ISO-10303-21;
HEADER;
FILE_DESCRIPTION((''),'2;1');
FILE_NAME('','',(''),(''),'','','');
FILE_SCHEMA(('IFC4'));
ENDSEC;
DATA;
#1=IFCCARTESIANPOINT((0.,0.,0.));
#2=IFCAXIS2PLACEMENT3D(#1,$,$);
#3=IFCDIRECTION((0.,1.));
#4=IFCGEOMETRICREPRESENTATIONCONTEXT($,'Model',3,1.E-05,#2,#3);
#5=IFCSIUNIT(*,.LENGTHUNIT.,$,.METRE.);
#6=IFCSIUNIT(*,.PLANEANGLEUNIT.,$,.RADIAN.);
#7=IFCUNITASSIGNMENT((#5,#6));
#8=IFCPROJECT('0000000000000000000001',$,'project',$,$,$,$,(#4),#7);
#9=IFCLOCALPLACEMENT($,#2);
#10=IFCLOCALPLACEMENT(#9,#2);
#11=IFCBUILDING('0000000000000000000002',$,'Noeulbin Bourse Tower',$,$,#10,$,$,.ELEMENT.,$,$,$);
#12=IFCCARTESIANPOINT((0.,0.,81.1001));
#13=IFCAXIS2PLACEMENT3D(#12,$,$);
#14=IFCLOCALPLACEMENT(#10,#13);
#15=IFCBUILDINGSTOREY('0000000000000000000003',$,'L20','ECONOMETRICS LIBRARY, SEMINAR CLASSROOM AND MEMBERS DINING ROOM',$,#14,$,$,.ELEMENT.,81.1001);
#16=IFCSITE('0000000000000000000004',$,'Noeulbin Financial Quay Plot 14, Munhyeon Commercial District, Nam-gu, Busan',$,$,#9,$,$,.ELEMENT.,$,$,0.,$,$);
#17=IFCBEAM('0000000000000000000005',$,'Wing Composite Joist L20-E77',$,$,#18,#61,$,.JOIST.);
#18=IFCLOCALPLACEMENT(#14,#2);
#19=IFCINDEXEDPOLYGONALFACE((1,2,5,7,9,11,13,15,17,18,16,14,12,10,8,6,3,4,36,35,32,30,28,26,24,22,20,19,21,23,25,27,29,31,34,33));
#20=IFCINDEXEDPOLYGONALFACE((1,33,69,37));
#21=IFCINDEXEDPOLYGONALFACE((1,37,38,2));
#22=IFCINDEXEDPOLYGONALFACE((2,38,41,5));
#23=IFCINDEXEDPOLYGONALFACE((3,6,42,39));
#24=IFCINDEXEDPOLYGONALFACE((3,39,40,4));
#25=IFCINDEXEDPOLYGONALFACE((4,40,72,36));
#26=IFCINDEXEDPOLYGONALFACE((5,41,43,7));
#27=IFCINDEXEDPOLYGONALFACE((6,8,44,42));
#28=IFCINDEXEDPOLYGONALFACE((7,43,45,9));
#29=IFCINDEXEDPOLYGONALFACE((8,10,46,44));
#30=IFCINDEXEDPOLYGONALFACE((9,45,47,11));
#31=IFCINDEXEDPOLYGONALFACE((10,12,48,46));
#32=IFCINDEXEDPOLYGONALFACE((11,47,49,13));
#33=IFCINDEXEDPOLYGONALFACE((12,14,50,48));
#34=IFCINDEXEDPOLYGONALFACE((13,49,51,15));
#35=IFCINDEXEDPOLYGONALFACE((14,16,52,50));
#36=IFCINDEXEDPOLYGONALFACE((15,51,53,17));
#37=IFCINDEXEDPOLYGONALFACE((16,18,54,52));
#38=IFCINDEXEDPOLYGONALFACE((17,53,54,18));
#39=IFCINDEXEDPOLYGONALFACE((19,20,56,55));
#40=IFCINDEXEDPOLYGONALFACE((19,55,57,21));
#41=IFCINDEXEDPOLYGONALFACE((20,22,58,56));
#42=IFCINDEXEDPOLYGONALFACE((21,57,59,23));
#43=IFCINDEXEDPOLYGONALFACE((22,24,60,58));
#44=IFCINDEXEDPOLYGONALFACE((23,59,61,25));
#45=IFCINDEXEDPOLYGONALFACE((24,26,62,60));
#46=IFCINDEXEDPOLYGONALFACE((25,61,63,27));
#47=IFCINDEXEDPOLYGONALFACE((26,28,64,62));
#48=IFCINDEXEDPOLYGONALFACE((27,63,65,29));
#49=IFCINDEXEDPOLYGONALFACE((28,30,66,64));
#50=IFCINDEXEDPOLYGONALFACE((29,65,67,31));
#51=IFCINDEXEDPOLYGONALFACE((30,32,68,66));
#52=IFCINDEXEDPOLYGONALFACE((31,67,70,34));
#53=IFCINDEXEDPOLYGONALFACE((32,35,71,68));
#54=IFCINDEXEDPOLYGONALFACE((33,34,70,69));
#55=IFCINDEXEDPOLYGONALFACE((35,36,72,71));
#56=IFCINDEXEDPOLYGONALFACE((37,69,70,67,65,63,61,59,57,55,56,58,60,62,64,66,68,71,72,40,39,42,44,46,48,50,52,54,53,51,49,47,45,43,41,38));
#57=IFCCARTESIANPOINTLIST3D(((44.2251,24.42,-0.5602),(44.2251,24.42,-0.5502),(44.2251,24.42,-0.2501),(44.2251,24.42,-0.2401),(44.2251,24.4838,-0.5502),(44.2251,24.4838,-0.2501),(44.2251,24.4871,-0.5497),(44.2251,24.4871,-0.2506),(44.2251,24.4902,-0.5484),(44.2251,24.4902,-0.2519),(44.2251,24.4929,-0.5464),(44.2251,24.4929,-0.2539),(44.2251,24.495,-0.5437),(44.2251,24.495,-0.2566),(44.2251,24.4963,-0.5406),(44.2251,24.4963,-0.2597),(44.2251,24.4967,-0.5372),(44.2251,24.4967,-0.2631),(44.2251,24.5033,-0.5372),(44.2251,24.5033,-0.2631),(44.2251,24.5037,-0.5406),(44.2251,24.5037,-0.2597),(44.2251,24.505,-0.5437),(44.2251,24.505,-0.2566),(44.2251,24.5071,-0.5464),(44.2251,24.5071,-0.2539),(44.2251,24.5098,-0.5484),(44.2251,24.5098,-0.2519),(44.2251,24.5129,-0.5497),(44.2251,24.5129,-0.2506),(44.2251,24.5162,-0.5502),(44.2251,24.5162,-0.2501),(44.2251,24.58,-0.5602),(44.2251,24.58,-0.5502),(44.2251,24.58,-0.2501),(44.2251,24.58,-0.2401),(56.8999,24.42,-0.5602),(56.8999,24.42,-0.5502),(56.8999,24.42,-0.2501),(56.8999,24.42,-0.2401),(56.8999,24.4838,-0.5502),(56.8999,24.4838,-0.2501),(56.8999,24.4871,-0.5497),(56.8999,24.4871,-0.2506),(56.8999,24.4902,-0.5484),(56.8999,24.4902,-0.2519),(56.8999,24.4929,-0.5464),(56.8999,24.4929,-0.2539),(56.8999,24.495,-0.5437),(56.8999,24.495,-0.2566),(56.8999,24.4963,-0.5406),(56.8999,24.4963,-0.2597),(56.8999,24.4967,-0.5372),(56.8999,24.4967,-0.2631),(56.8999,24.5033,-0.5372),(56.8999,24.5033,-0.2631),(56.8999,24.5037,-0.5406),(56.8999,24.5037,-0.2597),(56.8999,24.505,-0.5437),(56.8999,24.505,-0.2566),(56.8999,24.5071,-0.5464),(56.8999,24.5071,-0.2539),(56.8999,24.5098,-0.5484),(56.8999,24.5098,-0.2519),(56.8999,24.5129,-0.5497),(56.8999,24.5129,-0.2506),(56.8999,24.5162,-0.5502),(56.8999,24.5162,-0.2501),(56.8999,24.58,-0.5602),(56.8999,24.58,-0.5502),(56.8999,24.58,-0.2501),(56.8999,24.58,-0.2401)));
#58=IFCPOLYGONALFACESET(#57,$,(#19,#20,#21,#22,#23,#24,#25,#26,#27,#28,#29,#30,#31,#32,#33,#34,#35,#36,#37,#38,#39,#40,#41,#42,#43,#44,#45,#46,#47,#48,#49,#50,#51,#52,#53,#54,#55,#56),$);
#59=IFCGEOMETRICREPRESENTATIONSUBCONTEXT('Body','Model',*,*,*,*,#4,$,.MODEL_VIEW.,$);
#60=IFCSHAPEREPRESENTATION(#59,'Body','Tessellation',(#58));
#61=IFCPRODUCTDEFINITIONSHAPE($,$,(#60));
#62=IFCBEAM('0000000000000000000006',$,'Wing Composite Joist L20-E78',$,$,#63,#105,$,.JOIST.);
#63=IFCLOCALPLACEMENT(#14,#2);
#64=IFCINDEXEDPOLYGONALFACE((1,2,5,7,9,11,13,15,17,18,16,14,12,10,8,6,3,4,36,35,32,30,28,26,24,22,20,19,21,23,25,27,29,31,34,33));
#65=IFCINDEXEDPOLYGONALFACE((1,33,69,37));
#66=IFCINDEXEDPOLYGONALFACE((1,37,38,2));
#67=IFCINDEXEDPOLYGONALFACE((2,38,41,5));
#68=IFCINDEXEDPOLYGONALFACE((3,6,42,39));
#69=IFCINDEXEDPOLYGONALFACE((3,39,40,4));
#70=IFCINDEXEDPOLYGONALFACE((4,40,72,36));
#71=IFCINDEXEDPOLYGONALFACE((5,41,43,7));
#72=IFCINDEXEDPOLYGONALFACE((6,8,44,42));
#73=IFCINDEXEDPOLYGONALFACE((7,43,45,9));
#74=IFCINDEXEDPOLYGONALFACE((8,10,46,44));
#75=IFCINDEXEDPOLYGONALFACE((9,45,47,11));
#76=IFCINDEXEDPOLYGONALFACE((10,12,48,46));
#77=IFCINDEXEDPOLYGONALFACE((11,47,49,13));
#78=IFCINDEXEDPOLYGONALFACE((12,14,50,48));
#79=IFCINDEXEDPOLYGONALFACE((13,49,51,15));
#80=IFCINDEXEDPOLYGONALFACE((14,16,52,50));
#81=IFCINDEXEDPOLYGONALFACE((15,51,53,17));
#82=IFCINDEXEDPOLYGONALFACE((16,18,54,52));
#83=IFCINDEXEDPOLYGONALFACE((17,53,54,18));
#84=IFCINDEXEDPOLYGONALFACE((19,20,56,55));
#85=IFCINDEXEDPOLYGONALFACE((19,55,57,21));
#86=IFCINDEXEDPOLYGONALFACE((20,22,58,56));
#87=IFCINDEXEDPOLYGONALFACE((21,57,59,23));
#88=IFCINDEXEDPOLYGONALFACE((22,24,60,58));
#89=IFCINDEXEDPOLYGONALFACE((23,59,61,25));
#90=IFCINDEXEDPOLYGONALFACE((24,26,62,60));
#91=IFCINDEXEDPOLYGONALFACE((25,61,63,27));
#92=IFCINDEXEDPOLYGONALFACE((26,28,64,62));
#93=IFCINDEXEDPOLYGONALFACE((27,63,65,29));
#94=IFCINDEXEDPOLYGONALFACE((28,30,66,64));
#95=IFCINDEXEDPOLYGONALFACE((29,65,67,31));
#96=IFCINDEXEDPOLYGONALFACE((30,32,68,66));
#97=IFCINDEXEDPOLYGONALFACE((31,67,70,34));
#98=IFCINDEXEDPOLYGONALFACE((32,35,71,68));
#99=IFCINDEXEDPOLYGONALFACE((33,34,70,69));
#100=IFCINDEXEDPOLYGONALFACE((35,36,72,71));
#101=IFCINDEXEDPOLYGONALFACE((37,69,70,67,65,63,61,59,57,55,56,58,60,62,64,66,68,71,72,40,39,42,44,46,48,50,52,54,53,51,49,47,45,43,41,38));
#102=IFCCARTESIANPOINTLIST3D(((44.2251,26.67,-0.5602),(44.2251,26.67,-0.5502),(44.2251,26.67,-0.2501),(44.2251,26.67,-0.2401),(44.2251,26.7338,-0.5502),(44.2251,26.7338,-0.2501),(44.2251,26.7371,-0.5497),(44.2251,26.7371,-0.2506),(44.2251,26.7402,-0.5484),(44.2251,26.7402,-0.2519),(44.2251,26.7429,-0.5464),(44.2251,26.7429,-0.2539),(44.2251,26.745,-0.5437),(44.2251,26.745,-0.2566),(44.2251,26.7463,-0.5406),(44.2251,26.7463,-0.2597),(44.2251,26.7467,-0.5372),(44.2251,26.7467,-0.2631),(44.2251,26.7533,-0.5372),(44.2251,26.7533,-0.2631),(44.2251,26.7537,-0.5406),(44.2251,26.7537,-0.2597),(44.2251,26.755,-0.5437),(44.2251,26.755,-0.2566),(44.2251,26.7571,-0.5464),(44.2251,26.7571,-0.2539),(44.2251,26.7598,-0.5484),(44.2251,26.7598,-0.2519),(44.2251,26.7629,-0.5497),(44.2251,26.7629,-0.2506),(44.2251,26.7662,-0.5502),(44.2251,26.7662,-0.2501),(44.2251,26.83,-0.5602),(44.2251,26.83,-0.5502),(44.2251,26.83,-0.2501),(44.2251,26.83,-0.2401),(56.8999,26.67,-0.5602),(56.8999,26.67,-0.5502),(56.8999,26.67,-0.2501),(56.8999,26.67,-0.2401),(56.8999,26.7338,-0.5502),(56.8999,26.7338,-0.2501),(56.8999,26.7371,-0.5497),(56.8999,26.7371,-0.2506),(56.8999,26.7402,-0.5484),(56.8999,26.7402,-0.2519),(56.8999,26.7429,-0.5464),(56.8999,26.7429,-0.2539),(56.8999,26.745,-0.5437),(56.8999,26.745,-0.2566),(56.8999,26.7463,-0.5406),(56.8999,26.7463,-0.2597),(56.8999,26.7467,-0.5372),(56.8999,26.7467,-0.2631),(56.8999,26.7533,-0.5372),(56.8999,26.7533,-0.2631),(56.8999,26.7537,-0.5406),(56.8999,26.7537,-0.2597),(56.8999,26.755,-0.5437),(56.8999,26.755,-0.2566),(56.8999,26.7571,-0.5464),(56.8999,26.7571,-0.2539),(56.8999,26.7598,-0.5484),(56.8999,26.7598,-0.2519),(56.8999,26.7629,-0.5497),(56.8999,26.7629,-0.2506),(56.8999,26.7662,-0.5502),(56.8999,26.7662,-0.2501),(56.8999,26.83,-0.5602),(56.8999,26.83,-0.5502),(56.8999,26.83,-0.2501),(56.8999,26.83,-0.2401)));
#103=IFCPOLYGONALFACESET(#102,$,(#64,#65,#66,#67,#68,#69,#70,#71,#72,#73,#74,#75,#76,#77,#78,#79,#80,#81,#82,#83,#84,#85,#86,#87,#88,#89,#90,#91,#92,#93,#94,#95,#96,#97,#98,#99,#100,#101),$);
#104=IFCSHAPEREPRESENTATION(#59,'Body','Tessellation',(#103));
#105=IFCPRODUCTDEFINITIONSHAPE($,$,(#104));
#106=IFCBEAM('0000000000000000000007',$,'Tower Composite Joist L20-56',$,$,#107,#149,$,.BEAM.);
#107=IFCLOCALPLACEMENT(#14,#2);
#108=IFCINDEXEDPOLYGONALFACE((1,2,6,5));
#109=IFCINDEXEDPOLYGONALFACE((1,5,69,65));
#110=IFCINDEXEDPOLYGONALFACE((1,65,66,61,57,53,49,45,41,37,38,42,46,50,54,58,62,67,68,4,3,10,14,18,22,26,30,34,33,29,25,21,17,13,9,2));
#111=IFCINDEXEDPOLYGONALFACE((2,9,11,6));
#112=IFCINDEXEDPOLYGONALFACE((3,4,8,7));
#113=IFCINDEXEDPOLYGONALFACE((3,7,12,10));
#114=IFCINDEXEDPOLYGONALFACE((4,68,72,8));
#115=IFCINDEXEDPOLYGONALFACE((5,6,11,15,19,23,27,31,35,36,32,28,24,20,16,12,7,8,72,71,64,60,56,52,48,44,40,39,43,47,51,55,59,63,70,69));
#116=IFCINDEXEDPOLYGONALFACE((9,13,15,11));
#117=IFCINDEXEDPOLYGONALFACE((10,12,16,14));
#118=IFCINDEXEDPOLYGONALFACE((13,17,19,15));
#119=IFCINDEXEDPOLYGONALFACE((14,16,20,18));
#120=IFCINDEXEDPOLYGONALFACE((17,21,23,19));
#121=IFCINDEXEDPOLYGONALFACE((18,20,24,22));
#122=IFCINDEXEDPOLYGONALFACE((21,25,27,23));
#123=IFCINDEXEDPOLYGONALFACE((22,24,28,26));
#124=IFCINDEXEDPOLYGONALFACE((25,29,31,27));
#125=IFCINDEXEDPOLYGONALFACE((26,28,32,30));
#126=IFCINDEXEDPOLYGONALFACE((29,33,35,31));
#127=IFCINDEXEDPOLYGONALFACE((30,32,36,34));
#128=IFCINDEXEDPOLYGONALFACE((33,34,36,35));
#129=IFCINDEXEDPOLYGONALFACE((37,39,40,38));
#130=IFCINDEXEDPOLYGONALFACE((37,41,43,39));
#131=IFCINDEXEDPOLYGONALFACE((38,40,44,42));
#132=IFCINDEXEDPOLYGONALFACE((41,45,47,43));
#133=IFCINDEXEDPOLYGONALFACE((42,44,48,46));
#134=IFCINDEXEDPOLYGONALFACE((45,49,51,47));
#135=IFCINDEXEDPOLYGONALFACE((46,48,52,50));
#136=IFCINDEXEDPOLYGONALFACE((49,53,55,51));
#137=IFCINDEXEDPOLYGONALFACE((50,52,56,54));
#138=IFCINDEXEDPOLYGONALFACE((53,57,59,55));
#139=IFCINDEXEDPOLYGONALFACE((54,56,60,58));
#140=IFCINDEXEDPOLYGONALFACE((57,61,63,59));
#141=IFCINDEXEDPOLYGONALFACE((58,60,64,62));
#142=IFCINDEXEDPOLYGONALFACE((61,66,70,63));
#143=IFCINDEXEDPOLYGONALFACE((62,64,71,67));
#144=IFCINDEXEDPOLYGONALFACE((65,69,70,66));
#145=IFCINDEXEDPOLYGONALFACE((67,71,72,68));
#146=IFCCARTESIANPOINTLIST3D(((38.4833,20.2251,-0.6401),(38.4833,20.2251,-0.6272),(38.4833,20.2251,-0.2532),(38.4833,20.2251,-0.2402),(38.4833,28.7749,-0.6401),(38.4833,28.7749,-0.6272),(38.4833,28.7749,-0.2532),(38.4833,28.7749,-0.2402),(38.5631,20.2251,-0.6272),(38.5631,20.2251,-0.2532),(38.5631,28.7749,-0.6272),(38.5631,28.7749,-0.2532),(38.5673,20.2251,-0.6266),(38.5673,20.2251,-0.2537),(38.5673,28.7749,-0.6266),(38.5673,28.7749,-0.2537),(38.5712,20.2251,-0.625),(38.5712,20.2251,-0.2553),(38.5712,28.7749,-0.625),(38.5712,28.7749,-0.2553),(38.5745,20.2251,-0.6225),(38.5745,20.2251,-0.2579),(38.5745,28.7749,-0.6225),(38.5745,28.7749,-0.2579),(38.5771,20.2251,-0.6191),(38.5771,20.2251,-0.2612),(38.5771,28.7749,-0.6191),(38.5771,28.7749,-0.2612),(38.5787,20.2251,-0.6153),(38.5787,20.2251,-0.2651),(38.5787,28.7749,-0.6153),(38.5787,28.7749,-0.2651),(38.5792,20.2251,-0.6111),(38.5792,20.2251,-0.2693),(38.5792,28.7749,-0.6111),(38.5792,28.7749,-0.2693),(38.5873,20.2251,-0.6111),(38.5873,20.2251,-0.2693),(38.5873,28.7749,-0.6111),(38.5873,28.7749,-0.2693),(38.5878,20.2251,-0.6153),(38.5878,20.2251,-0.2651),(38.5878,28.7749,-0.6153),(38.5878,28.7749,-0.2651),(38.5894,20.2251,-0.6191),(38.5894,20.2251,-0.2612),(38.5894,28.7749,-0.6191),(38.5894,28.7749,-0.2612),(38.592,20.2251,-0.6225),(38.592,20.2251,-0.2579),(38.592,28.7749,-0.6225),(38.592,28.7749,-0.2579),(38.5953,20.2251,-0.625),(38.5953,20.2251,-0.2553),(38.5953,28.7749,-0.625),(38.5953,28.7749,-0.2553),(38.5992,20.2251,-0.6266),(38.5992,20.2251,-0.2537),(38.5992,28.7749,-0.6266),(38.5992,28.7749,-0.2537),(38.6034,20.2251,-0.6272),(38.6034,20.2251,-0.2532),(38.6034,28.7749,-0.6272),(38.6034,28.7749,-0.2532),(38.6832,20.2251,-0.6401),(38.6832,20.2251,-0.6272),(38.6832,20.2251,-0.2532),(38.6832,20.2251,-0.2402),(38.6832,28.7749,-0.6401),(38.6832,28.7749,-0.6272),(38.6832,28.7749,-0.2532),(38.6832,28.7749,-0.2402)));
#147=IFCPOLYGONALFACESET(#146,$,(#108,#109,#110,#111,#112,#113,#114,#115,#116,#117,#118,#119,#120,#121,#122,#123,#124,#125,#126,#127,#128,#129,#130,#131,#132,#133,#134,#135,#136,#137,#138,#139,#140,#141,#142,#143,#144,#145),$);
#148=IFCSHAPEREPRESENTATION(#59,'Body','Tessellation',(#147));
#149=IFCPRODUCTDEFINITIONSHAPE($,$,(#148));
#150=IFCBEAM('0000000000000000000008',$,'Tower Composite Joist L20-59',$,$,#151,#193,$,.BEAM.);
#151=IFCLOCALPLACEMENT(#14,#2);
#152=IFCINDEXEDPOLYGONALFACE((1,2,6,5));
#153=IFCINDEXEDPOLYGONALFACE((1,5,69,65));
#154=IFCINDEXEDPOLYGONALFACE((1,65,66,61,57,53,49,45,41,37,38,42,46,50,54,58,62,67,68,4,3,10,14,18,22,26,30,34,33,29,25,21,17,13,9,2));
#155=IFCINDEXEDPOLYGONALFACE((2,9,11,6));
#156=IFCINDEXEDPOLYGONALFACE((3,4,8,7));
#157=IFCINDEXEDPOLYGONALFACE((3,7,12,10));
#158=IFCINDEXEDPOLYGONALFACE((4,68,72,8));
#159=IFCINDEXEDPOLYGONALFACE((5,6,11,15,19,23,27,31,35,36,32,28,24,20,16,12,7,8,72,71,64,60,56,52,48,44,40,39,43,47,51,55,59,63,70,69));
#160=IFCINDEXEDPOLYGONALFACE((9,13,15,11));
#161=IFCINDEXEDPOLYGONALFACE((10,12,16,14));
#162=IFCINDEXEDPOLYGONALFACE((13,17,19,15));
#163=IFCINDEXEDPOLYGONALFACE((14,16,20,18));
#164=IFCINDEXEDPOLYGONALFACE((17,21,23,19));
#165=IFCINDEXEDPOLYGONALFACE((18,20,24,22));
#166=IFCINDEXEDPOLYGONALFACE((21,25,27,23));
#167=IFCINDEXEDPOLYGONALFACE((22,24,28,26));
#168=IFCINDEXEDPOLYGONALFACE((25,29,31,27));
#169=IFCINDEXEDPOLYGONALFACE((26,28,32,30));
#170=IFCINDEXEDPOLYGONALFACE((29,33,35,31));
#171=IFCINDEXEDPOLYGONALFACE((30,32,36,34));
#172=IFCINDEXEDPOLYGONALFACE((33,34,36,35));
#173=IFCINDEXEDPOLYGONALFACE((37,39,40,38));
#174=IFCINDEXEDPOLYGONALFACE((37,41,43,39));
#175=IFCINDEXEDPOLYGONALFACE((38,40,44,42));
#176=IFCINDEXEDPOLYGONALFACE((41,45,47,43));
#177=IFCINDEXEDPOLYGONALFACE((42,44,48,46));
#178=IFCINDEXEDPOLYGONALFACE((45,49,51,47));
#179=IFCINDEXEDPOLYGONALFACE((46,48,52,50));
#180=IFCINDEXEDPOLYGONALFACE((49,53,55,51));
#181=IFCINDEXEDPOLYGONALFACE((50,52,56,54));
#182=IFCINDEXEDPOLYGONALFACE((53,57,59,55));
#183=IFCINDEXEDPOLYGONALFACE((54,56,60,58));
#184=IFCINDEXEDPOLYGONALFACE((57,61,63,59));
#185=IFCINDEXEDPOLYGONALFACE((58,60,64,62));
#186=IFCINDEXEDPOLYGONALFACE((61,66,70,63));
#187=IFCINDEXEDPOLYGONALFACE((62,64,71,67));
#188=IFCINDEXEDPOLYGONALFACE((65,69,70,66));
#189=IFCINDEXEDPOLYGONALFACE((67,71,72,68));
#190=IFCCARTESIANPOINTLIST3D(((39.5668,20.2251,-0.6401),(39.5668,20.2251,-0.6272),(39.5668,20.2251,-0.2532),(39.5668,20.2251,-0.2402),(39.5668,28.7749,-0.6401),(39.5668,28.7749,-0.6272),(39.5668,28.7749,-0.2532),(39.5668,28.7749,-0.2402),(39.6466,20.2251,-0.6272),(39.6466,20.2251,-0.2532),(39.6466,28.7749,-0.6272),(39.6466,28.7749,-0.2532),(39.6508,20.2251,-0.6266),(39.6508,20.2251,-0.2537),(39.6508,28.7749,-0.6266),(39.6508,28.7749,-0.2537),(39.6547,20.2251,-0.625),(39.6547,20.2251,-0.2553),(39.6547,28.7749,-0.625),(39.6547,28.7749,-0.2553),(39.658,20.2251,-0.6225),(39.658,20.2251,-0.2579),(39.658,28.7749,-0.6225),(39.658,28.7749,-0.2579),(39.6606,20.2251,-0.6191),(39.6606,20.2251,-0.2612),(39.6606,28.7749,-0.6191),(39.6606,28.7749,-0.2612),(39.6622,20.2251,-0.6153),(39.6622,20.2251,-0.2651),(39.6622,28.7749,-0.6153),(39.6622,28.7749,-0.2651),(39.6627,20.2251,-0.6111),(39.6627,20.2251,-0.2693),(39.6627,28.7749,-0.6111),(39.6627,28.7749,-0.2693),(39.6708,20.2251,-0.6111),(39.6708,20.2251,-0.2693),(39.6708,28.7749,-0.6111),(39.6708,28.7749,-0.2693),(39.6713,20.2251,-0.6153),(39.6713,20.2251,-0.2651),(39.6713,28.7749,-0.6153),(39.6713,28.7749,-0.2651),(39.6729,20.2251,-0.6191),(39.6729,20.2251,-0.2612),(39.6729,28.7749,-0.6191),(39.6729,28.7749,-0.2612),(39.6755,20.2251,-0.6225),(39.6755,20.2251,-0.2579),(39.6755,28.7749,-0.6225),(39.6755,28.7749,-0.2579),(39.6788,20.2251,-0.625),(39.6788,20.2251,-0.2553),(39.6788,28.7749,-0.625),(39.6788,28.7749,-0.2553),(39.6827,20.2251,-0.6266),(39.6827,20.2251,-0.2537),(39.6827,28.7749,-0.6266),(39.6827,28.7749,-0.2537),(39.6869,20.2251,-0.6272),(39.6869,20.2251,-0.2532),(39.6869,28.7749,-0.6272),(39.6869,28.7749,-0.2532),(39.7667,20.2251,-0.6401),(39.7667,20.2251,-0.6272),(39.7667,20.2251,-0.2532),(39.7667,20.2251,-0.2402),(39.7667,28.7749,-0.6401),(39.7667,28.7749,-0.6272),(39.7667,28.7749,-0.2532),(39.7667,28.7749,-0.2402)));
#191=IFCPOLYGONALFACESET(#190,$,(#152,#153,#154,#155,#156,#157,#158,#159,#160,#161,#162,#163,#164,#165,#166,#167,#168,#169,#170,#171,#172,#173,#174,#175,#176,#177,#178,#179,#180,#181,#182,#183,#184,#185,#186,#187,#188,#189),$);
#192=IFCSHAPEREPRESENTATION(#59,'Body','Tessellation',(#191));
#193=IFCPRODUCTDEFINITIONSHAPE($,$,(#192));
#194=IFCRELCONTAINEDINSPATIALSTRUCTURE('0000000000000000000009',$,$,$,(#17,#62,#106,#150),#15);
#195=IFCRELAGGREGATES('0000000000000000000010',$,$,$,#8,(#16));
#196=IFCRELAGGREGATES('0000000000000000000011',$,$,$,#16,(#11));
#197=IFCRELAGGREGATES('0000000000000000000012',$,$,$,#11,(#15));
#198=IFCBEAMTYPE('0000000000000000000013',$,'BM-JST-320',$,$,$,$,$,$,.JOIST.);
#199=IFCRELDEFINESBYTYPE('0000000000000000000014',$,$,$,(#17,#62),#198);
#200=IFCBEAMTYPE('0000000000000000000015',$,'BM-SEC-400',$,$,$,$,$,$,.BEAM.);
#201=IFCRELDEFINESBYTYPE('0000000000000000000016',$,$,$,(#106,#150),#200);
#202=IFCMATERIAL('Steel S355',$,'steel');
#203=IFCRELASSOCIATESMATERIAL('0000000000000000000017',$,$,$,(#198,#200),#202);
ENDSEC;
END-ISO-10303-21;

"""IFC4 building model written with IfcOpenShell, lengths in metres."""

from ifc_helpers import new_model, si_unit, direction, frame, origin, origin_2d, place, context, subcontext, project, spatial, i_section, extrude, material, material_profile, profile_set, type_object, element, save


model = new_model("IFC4")

# Units and contexts
model_context = context("Model", 3, precision=1e-05, world=origin(), true_north=direction((0.0, 1.0)))
body_context = subcontext(model_context, "Body", "Model", "MODEL_VIEW")
ifc_project = project(units=[si_unit("LENGTHUNIT", "METRE"), si_unit("PLANEANGLEUNIT", "RADIAN")], contexts=[model_context])

# Site, building, storey
site_placement = place(None, origin())
site = spatial("IfcSite", under=ifc_project, at=site_placement, Name="Noeulbin Financial Quay Plot 14, Munhyeon Commercial District, Nam-gu, Busan", CompositionType="ELEMENT", RefElevation=0.0)
building_placement = place(site_placement, origin())
building = spatial("IfcBuilding", under=site, at=building_placement, Name="Noeulbin Bourse Tower", CompositionType="ELEMENT")
storey_placement = place(building_placement, frame((0.0, 0.0, 81.1001)))
storey = spatial("IfcBuildingStorey", under=building, at=storey_placement, Name="L20", Description="ECONOMETRICS LIBRARY, SEMINAR CLASSROOM AND MEMBERS DINING ROOM", CompositionType="ELEMENT", Elevation=81.1001)

# Beams
ifc_material_1 = material(Name="Steel S355", Category="steel")
ifc_material_profile_1 = material_profile(ifc_material_1, i_section(OverallWidth=0.1599, OverallDepth=0.3201, WebThickness=0.0066, FlangeThickness=0.01, FilletRadius=0.0129, at=origin_2d()), Name="H-320x160x6.5x10", Category="LoadBearing")
ifc_profile_set_1 = profile_set([ifc_material_profile_1], Name="Steel S355")
beam_type_1 = type_object("IfcBeamType", Name="BM-JST-320", PredefinedType="JOIST", material=ifc_profile_set_1)
for number, where, z_axis, x_axis, name in (
    (1, (44.2251, 24.5, -0.4001), (1.0, 0.0, 0.0), (0.0, 1.0, 0.0), "Wing Composite Joist L20-E77"),
    (2, (44.2251, 26.75, -0.4001), (1.0, 0.0, 0.0), (0.0, 1.0, 0.0), "Wing Composite Joist L20-E78"),
):
    element("IfcBeam", number, at=place(storey_placement, frame(where, z_axis=z_axis, x_axis=x_axis)), inside=storey, type_object=beam_type_1, Name=name, PredefinedType="JOIST", context=body_context, shape_type="SweptSolid", body=[
        extrude(i_section(OverallWidth=0.1599, OverallDepth=0.3201, WebThickness=0.0066, FlangeThickness=0.01, FilletRadius=0.0129, at=origin_2d()), origin(), (0.0, 0.0, 1.0), 12.6748),
    ])
ifc_material_profile_2 = material_profile(ifc_material_1, i_section(OverallWidth=0.2, OverallDepth=0.3999, WebThickness=0.0081, FlangeThickness=0.0129, FilletRadius=0.0161, at=origin_2d()), Name="H-400x200x8x13", Category="LoadBearing")
ifc_profile_set_2 = profile_set([ifc_material_profile_2], Name="Steel S355")
beam_type_2 = type_object("IfcBeamType", Name="BM-SEC-400", PredefinedType="BEAM", material=ifc_profile_set_2)
for number, where, z_axis, x_axis, name in (
    (3, (38.5833, 20.2251, -0.4402), (0.0, 1.0, 0.0), (-1.0, 0.0, 0.0), "Tower Composite Joist L20-56"),
    (4, (39.6667, 20.2251, -0.4402), (0.0, 1.0, 0.0), (-1.0, 0.0, 0.0), "Tower Composite Joist L20-59"),
):
    element("IfcBeam", number, at=place(storey_placement, frame(where, z_axis=z_axis, x_axis=x_axis)), inside=storey, type_object=beam_type_2, Name=name, PredefinedType="BEAM", context=body_context, shape_type="SweptSolid", body=[
        extrude(i_section(OverallWidth=0.2, OverallDepth=0.3999, WebThickness=0.0081, FlangeThickness=0.0129, FilletRadius=0.0161, at=origin_2d()), origin(), (0.0, 0.0, 1.0), 8.5498),
    ])

save(model, "model.ifc")
